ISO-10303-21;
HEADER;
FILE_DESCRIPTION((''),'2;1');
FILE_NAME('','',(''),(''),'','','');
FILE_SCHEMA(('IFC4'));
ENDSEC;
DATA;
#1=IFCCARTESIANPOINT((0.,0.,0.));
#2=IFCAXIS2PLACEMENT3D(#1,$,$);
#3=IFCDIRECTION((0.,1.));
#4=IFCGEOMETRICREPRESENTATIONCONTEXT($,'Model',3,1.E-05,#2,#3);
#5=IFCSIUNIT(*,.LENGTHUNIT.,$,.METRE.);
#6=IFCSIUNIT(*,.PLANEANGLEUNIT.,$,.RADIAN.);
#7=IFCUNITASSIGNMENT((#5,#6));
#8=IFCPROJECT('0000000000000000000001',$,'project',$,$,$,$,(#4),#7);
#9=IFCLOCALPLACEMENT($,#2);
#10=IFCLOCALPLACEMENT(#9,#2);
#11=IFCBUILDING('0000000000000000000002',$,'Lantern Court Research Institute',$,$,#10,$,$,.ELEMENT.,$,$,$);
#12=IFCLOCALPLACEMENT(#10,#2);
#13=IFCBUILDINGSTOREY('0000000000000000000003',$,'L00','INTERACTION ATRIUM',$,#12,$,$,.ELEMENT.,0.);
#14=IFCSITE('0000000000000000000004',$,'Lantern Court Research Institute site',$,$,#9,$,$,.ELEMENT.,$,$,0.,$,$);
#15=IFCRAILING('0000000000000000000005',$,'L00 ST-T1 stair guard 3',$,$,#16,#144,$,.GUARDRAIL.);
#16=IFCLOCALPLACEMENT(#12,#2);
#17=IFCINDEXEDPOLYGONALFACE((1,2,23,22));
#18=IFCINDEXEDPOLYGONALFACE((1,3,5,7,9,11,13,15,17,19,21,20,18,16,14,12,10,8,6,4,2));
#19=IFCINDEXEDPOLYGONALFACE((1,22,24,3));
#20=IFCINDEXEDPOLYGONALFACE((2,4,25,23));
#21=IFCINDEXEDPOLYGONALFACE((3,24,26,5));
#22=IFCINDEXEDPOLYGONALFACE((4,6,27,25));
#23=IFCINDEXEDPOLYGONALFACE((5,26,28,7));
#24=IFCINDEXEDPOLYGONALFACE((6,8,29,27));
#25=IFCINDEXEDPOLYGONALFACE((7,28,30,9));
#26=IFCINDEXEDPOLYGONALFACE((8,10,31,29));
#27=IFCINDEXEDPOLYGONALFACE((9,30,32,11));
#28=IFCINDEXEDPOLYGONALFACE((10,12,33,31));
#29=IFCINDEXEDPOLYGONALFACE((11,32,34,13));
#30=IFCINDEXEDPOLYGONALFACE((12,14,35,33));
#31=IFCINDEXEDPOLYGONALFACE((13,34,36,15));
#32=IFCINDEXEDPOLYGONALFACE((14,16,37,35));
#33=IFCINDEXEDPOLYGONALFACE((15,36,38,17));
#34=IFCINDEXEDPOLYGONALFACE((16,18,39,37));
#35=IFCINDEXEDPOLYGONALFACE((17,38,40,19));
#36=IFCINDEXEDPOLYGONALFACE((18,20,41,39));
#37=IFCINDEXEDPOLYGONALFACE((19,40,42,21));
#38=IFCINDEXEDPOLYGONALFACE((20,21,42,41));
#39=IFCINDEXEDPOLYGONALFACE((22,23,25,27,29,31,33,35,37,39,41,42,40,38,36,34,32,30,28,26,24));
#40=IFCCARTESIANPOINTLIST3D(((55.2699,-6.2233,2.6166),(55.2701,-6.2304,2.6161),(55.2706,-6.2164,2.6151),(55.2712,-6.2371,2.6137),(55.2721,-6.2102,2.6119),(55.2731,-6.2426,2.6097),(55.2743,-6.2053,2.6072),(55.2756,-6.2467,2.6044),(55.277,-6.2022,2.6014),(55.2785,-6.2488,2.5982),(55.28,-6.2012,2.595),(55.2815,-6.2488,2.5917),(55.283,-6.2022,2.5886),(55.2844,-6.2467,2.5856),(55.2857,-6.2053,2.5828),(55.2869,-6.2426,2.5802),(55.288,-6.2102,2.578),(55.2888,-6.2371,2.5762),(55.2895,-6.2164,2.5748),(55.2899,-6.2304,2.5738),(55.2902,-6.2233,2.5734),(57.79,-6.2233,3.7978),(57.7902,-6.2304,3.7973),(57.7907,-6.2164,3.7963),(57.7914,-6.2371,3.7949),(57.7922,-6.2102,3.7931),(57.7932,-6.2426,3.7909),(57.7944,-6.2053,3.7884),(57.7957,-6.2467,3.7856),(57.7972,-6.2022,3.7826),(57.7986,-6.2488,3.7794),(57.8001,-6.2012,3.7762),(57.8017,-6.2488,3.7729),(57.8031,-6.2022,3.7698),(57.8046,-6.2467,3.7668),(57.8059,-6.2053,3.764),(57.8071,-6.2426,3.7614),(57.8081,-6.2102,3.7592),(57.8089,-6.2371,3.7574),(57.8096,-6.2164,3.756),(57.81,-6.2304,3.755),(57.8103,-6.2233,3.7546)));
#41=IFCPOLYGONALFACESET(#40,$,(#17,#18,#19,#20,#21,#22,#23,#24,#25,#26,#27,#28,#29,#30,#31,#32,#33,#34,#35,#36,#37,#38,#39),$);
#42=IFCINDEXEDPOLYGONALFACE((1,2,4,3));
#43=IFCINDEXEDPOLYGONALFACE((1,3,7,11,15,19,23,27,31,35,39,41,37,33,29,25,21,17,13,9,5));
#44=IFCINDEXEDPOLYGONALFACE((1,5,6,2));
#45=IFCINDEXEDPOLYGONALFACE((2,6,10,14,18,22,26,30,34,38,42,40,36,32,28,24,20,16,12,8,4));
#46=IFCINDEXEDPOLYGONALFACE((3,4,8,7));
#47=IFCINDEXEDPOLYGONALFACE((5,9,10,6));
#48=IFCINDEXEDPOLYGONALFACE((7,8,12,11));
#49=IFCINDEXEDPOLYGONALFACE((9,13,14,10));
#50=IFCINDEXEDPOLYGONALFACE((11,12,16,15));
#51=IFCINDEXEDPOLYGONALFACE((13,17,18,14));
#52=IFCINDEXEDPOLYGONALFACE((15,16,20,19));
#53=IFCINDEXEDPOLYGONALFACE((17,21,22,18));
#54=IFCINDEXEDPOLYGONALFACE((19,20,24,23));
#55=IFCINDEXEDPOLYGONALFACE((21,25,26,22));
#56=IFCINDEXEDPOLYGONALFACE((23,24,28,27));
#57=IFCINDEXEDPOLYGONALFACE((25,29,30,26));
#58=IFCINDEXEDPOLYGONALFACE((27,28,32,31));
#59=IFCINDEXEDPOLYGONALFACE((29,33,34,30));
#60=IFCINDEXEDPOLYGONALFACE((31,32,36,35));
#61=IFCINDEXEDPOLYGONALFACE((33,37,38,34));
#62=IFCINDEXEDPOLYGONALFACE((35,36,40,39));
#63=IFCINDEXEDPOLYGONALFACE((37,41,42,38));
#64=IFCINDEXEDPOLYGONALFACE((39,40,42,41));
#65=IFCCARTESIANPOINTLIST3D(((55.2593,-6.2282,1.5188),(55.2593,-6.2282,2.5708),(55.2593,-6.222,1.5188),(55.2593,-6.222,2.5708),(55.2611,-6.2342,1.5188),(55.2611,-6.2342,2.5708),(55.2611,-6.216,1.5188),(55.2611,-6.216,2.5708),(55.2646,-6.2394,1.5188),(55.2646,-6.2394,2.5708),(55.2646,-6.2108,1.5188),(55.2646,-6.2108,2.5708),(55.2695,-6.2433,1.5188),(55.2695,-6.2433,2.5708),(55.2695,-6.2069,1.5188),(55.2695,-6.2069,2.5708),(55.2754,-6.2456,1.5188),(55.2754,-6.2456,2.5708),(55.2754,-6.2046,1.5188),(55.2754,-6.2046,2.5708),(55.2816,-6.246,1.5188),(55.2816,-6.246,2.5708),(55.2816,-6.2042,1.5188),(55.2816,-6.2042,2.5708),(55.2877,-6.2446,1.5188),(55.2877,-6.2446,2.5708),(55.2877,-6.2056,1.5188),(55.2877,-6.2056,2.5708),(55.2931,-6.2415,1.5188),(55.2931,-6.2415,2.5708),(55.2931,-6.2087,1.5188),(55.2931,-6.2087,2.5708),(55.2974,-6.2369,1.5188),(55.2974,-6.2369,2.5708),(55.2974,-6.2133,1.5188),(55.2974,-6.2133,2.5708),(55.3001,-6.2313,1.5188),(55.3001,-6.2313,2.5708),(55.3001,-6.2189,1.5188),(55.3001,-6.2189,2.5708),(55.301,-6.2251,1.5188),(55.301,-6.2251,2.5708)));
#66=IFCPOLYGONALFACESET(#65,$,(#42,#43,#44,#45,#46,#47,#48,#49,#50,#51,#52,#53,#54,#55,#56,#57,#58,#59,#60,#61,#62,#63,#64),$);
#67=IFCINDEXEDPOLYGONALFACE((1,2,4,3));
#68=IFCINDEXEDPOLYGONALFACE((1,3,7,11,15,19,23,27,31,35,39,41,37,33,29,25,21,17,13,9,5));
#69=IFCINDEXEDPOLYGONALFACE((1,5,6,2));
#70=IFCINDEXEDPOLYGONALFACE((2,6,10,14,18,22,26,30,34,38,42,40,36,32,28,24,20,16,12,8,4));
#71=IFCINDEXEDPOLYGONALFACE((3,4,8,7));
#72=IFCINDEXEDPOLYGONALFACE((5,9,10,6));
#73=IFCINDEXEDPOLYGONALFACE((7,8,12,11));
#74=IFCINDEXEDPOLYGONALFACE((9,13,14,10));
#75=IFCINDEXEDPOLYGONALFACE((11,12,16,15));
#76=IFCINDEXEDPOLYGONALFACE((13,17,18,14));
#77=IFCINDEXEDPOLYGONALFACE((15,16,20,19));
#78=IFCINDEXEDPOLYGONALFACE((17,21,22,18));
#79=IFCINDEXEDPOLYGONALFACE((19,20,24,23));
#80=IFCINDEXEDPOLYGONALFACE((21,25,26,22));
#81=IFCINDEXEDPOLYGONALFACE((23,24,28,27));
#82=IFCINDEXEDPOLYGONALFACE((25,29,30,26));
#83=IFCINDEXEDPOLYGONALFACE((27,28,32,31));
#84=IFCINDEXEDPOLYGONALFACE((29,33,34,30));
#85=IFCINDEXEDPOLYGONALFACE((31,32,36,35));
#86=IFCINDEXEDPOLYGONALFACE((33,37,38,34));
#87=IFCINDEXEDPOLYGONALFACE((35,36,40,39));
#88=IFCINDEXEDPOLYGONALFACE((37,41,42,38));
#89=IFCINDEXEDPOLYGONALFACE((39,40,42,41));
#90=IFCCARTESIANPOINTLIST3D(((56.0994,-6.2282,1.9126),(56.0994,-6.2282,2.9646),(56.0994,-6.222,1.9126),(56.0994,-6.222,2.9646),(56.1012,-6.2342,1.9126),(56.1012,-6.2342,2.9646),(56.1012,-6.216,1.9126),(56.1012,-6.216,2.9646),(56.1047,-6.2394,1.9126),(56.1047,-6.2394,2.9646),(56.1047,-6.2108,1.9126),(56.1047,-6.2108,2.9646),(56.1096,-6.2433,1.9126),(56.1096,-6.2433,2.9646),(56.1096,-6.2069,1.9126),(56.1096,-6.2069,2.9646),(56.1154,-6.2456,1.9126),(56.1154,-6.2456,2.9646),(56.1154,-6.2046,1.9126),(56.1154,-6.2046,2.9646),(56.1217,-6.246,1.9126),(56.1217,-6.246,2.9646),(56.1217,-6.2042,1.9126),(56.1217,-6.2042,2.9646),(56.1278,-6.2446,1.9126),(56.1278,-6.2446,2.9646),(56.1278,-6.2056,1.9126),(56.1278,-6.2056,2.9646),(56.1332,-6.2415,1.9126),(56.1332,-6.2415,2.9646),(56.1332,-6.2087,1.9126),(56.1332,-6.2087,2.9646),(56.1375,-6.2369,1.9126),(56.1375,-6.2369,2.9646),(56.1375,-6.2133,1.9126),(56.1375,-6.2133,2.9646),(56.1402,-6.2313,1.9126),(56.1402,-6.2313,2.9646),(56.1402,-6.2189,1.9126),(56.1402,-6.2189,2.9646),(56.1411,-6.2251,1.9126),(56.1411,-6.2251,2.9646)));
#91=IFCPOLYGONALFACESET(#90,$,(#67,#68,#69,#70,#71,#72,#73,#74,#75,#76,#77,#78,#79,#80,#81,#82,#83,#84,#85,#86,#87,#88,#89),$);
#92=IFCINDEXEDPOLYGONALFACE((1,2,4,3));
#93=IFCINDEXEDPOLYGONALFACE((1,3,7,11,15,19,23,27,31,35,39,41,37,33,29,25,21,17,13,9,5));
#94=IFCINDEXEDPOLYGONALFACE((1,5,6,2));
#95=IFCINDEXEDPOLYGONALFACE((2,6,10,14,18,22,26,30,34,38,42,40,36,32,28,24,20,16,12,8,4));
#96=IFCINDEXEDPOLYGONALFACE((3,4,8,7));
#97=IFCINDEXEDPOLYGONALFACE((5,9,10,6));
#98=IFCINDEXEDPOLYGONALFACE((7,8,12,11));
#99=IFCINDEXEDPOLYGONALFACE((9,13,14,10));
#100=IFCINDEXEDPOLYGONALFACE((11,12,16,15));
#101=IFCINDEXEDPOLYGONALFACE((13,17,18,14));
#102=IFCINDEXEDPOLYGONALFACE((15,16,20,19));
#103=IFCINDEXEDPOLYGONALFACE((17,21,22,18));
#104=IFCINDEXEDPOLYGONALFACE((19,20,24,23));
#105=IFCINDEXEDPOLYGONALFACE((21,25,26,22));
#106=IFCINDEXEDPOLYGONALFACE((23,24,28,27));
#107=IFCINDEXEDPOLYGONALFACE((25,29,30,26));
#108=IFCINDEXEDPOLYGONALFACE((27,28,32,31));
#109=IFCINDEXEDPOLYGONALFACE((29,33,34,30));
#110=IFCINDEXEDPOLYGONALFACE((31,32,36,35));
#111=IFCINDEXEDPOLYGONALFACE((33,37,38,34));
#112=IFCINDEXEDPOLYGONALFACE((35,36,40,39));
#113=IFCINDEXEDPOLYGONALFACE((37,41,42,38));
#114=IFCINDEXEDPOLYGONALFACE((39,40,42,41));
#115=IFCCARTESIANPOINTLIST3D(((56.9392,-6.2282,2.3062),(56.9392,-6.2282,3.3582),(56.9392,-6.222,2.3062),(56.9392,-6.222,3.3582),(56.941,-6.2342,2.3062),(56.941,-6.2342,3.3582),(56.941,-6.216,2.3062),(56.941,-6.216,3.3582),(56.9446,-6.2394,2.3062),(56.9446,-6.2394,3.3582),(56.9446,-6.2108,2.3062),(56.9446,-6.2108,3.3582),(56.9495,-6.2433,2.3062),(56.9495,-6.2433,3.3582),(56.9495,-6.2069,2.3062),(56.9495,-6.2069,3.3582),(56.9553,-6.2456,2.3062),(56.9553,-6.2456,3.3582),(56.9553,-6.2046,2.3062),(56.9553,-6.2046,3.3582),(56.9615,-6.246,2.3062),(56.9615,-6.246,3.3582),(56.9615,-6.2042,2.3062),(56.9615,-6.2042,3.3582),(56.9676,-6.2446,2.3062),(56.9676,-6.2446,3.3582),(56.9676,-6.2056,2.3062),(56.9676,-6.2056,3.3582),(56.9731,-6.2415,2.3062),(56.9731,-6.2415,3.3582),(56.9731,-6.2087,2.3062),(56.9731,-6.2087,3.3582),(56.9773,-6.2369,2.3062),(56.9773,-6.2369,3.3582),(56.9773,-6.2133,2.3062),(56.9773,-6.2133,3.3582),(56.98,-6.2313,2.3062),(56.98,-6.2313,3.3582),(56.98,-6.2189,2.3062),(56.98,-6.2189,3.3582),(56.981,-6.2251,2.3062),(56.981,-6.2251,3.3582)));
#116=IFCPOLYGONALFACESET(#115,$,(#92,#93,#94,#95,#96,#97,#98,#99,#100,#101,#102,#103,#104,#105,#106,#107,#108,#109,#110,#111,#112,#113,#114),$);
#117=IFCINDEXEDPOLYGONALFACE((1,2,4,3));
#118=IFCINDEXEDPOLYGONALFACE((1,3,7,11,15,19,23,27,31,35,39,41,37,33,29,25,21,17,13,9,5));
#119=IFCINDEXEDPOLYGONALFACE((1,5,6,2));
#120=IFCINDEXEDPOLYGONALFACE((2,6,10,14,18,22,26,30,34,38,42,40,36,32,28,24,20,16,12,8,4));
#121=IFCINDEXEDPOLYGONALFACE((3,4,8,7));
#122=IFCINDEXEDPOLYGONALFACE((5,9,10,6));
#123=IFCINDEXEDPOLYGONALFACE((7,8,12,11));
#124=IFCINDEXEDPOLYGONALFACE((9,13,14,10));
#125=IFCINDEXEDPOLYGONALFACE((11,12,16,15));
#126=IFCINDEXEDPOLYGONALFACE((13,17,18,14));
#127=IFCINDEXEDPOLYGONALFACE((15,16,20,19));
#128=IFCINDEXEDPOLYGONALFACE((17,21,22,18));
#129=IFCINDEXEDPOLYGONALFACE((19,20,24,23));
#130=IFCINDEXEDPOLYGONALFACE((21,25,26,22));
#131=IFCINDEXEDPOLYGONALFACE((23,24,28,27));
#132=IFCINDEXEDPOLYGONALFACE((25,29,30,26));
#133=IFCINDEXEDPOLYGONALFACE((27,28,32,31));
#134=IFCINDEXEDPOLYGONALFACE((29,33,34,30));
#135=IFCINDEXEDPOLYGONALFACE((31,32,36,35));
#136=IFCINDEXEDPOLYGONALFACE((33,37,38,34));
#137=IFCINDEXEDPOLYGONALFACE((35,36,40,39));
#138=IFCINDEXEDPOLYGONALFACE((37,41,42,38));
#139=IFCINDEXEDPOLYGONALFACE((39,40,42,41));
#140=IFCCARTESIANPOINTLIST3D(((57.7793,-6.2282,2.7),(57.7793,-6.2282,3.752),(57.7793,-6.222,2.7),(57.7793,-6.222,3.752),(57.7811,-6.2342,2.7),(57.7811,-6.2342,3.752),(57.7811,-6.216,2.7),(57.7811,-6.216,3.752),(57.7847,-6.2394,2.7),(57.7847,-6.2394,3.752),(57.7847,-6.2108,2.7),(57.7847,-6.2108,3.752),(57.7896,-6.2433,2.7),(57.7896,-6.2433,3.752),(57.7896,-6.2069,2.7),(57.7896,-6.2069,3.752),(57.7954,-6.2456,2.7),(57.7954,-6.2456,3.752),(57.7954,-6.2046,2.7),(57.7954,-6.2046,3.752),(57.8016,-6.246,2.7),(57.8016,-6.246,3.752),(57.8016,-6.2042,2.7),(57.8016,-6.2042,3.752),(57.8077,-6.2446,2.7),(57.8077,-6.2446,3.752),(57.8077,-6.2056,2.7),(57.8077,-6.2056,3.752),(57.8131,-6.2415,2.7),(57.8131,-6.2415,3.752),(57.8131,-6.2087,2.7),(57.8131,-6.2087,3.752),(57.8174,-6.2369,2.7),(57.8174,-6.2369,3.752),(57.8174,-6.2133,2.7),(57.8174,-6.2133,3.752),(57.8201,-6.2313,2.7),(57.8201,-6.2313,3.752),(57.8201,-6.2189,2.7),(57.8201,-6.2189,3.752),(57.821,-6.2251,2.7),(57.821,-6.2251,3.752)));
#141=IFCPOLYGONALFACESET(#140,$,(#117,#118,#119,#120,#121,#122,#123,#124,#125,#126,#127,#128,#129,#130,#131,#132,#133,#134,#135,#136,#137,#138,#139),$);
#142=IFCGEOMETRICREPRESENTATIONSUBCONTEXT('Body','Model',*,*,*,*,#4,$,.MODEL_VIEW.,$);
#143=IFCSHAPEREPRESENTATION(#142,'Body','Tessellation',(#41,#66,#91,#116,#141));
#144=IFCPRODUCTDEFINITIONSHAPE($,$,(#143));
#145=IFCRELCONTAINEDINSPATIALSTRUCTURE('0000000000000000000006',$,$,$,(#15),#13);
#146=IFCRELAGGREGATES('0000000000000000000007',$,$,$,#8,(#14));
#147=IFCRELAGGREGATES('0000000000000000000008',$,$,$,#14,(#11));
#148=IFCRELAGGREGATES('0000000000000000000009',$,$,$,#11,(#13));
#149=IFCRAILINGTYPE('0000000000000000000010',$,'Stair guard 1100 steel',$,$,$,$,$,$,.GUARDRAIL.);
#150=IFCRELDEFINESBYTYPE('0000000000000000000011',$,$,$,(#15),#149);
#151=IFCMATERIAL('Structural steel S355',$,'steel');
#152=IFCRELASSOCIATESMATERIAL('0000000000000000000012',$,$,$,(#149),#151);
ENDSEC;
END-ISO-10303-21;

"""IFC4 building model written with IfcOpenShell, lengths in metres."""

from ifc_helpers import new_model, si_unit, direction, frame, origin, origin_2d, place, context, subcontext, project, spatial, circle, extrude, material, type_object, element, save


model = new_model("IFC4")

# Units and contexts
model_context = context("Model", 3, precision=1e-05, world=origin(), true_north=direction((0.0, 1.0)))
body_context = subcontext(model_context, "Body", "Model", "MODEL_VIEW")
ifc_project = project(units=[si_unit("LENGTHUNIT", "METRE"), si_unit("PLANEANGLEUNIT", "RADIAN")], contexts=[model_context])

# Site, building, storey
site_placement = place(None, origin())
site = spatial("IfcSite", under=ifc_project, at=site_placement, Name="Lantern Court Research Institute site", CompositionType="ELEMENT", RefElevation=0.0)
building_placement = place(site_placement, origin())
building = spatial("IfcBuilding", under=site, at=building_placement, Name="Lantern Court Research Institute", CompositionType="ELEMENT")
storey_placement = place(building_placement, origin())
storey = spatial("IfcBuildingStorey", under=building, at=storey_placement, Name="L00", Description="INTERACTION ATRIUM", CompositionType="ELEMENT", Elevation=0.0)

# Railing
ifc_material_1 = material(Name="Structural steel S355", Category="steel")
railing_type_1 = type_object("IfcRailingType", Name="Stair guard 1100 steel", PredefinedType="GUARDRAIL", material=ifc_material_1)
railing_1_placement = place(storey_placement, frame((55.28, -6.2251, 1.5188)))
element("IfcRailing", 1, at=railing_1_placement, inside=storey, type_object=railing_type_1, Name="L00 ST-T1 stair guard 3", PredefinedType="GUARDRAIL", context=body_context, shape_type="SweptSolid", body=[
    extrude(circle(Radius=0.0239, at=origin_2d()), frame((0.0, 0.0, 1.0762), z_axis=(0.905474, 0.0, 0.424402), x_axis=(0.0, 1.0, 0.0)), (0.0, 0.0, 1.0), 2.7832),
    extrude(circle(Radius=0.021, at=origin_2d()), origin(), (0.0, 0.0, 1.0), 1.052),
    extrude(circle(Radius=0.021, at=origin_2d()), frame((0.8401, 0.0, 0.3938)), (0.0, 0.0, 1.0), 1.052),
    extrude(circle(Radius=0.021, at=origin_2d()), frame((1.6799, 0.0, 0.7874)), (0.0, 0.0, 1.0), 1.052),
    extrude(circle(Radius=0.021, at=origin_2d()), frame((2.52, 0.0, 1.1812)), (0.0, 0.0, 1.0), 1.052),
])

save(model, "model.ifc")
